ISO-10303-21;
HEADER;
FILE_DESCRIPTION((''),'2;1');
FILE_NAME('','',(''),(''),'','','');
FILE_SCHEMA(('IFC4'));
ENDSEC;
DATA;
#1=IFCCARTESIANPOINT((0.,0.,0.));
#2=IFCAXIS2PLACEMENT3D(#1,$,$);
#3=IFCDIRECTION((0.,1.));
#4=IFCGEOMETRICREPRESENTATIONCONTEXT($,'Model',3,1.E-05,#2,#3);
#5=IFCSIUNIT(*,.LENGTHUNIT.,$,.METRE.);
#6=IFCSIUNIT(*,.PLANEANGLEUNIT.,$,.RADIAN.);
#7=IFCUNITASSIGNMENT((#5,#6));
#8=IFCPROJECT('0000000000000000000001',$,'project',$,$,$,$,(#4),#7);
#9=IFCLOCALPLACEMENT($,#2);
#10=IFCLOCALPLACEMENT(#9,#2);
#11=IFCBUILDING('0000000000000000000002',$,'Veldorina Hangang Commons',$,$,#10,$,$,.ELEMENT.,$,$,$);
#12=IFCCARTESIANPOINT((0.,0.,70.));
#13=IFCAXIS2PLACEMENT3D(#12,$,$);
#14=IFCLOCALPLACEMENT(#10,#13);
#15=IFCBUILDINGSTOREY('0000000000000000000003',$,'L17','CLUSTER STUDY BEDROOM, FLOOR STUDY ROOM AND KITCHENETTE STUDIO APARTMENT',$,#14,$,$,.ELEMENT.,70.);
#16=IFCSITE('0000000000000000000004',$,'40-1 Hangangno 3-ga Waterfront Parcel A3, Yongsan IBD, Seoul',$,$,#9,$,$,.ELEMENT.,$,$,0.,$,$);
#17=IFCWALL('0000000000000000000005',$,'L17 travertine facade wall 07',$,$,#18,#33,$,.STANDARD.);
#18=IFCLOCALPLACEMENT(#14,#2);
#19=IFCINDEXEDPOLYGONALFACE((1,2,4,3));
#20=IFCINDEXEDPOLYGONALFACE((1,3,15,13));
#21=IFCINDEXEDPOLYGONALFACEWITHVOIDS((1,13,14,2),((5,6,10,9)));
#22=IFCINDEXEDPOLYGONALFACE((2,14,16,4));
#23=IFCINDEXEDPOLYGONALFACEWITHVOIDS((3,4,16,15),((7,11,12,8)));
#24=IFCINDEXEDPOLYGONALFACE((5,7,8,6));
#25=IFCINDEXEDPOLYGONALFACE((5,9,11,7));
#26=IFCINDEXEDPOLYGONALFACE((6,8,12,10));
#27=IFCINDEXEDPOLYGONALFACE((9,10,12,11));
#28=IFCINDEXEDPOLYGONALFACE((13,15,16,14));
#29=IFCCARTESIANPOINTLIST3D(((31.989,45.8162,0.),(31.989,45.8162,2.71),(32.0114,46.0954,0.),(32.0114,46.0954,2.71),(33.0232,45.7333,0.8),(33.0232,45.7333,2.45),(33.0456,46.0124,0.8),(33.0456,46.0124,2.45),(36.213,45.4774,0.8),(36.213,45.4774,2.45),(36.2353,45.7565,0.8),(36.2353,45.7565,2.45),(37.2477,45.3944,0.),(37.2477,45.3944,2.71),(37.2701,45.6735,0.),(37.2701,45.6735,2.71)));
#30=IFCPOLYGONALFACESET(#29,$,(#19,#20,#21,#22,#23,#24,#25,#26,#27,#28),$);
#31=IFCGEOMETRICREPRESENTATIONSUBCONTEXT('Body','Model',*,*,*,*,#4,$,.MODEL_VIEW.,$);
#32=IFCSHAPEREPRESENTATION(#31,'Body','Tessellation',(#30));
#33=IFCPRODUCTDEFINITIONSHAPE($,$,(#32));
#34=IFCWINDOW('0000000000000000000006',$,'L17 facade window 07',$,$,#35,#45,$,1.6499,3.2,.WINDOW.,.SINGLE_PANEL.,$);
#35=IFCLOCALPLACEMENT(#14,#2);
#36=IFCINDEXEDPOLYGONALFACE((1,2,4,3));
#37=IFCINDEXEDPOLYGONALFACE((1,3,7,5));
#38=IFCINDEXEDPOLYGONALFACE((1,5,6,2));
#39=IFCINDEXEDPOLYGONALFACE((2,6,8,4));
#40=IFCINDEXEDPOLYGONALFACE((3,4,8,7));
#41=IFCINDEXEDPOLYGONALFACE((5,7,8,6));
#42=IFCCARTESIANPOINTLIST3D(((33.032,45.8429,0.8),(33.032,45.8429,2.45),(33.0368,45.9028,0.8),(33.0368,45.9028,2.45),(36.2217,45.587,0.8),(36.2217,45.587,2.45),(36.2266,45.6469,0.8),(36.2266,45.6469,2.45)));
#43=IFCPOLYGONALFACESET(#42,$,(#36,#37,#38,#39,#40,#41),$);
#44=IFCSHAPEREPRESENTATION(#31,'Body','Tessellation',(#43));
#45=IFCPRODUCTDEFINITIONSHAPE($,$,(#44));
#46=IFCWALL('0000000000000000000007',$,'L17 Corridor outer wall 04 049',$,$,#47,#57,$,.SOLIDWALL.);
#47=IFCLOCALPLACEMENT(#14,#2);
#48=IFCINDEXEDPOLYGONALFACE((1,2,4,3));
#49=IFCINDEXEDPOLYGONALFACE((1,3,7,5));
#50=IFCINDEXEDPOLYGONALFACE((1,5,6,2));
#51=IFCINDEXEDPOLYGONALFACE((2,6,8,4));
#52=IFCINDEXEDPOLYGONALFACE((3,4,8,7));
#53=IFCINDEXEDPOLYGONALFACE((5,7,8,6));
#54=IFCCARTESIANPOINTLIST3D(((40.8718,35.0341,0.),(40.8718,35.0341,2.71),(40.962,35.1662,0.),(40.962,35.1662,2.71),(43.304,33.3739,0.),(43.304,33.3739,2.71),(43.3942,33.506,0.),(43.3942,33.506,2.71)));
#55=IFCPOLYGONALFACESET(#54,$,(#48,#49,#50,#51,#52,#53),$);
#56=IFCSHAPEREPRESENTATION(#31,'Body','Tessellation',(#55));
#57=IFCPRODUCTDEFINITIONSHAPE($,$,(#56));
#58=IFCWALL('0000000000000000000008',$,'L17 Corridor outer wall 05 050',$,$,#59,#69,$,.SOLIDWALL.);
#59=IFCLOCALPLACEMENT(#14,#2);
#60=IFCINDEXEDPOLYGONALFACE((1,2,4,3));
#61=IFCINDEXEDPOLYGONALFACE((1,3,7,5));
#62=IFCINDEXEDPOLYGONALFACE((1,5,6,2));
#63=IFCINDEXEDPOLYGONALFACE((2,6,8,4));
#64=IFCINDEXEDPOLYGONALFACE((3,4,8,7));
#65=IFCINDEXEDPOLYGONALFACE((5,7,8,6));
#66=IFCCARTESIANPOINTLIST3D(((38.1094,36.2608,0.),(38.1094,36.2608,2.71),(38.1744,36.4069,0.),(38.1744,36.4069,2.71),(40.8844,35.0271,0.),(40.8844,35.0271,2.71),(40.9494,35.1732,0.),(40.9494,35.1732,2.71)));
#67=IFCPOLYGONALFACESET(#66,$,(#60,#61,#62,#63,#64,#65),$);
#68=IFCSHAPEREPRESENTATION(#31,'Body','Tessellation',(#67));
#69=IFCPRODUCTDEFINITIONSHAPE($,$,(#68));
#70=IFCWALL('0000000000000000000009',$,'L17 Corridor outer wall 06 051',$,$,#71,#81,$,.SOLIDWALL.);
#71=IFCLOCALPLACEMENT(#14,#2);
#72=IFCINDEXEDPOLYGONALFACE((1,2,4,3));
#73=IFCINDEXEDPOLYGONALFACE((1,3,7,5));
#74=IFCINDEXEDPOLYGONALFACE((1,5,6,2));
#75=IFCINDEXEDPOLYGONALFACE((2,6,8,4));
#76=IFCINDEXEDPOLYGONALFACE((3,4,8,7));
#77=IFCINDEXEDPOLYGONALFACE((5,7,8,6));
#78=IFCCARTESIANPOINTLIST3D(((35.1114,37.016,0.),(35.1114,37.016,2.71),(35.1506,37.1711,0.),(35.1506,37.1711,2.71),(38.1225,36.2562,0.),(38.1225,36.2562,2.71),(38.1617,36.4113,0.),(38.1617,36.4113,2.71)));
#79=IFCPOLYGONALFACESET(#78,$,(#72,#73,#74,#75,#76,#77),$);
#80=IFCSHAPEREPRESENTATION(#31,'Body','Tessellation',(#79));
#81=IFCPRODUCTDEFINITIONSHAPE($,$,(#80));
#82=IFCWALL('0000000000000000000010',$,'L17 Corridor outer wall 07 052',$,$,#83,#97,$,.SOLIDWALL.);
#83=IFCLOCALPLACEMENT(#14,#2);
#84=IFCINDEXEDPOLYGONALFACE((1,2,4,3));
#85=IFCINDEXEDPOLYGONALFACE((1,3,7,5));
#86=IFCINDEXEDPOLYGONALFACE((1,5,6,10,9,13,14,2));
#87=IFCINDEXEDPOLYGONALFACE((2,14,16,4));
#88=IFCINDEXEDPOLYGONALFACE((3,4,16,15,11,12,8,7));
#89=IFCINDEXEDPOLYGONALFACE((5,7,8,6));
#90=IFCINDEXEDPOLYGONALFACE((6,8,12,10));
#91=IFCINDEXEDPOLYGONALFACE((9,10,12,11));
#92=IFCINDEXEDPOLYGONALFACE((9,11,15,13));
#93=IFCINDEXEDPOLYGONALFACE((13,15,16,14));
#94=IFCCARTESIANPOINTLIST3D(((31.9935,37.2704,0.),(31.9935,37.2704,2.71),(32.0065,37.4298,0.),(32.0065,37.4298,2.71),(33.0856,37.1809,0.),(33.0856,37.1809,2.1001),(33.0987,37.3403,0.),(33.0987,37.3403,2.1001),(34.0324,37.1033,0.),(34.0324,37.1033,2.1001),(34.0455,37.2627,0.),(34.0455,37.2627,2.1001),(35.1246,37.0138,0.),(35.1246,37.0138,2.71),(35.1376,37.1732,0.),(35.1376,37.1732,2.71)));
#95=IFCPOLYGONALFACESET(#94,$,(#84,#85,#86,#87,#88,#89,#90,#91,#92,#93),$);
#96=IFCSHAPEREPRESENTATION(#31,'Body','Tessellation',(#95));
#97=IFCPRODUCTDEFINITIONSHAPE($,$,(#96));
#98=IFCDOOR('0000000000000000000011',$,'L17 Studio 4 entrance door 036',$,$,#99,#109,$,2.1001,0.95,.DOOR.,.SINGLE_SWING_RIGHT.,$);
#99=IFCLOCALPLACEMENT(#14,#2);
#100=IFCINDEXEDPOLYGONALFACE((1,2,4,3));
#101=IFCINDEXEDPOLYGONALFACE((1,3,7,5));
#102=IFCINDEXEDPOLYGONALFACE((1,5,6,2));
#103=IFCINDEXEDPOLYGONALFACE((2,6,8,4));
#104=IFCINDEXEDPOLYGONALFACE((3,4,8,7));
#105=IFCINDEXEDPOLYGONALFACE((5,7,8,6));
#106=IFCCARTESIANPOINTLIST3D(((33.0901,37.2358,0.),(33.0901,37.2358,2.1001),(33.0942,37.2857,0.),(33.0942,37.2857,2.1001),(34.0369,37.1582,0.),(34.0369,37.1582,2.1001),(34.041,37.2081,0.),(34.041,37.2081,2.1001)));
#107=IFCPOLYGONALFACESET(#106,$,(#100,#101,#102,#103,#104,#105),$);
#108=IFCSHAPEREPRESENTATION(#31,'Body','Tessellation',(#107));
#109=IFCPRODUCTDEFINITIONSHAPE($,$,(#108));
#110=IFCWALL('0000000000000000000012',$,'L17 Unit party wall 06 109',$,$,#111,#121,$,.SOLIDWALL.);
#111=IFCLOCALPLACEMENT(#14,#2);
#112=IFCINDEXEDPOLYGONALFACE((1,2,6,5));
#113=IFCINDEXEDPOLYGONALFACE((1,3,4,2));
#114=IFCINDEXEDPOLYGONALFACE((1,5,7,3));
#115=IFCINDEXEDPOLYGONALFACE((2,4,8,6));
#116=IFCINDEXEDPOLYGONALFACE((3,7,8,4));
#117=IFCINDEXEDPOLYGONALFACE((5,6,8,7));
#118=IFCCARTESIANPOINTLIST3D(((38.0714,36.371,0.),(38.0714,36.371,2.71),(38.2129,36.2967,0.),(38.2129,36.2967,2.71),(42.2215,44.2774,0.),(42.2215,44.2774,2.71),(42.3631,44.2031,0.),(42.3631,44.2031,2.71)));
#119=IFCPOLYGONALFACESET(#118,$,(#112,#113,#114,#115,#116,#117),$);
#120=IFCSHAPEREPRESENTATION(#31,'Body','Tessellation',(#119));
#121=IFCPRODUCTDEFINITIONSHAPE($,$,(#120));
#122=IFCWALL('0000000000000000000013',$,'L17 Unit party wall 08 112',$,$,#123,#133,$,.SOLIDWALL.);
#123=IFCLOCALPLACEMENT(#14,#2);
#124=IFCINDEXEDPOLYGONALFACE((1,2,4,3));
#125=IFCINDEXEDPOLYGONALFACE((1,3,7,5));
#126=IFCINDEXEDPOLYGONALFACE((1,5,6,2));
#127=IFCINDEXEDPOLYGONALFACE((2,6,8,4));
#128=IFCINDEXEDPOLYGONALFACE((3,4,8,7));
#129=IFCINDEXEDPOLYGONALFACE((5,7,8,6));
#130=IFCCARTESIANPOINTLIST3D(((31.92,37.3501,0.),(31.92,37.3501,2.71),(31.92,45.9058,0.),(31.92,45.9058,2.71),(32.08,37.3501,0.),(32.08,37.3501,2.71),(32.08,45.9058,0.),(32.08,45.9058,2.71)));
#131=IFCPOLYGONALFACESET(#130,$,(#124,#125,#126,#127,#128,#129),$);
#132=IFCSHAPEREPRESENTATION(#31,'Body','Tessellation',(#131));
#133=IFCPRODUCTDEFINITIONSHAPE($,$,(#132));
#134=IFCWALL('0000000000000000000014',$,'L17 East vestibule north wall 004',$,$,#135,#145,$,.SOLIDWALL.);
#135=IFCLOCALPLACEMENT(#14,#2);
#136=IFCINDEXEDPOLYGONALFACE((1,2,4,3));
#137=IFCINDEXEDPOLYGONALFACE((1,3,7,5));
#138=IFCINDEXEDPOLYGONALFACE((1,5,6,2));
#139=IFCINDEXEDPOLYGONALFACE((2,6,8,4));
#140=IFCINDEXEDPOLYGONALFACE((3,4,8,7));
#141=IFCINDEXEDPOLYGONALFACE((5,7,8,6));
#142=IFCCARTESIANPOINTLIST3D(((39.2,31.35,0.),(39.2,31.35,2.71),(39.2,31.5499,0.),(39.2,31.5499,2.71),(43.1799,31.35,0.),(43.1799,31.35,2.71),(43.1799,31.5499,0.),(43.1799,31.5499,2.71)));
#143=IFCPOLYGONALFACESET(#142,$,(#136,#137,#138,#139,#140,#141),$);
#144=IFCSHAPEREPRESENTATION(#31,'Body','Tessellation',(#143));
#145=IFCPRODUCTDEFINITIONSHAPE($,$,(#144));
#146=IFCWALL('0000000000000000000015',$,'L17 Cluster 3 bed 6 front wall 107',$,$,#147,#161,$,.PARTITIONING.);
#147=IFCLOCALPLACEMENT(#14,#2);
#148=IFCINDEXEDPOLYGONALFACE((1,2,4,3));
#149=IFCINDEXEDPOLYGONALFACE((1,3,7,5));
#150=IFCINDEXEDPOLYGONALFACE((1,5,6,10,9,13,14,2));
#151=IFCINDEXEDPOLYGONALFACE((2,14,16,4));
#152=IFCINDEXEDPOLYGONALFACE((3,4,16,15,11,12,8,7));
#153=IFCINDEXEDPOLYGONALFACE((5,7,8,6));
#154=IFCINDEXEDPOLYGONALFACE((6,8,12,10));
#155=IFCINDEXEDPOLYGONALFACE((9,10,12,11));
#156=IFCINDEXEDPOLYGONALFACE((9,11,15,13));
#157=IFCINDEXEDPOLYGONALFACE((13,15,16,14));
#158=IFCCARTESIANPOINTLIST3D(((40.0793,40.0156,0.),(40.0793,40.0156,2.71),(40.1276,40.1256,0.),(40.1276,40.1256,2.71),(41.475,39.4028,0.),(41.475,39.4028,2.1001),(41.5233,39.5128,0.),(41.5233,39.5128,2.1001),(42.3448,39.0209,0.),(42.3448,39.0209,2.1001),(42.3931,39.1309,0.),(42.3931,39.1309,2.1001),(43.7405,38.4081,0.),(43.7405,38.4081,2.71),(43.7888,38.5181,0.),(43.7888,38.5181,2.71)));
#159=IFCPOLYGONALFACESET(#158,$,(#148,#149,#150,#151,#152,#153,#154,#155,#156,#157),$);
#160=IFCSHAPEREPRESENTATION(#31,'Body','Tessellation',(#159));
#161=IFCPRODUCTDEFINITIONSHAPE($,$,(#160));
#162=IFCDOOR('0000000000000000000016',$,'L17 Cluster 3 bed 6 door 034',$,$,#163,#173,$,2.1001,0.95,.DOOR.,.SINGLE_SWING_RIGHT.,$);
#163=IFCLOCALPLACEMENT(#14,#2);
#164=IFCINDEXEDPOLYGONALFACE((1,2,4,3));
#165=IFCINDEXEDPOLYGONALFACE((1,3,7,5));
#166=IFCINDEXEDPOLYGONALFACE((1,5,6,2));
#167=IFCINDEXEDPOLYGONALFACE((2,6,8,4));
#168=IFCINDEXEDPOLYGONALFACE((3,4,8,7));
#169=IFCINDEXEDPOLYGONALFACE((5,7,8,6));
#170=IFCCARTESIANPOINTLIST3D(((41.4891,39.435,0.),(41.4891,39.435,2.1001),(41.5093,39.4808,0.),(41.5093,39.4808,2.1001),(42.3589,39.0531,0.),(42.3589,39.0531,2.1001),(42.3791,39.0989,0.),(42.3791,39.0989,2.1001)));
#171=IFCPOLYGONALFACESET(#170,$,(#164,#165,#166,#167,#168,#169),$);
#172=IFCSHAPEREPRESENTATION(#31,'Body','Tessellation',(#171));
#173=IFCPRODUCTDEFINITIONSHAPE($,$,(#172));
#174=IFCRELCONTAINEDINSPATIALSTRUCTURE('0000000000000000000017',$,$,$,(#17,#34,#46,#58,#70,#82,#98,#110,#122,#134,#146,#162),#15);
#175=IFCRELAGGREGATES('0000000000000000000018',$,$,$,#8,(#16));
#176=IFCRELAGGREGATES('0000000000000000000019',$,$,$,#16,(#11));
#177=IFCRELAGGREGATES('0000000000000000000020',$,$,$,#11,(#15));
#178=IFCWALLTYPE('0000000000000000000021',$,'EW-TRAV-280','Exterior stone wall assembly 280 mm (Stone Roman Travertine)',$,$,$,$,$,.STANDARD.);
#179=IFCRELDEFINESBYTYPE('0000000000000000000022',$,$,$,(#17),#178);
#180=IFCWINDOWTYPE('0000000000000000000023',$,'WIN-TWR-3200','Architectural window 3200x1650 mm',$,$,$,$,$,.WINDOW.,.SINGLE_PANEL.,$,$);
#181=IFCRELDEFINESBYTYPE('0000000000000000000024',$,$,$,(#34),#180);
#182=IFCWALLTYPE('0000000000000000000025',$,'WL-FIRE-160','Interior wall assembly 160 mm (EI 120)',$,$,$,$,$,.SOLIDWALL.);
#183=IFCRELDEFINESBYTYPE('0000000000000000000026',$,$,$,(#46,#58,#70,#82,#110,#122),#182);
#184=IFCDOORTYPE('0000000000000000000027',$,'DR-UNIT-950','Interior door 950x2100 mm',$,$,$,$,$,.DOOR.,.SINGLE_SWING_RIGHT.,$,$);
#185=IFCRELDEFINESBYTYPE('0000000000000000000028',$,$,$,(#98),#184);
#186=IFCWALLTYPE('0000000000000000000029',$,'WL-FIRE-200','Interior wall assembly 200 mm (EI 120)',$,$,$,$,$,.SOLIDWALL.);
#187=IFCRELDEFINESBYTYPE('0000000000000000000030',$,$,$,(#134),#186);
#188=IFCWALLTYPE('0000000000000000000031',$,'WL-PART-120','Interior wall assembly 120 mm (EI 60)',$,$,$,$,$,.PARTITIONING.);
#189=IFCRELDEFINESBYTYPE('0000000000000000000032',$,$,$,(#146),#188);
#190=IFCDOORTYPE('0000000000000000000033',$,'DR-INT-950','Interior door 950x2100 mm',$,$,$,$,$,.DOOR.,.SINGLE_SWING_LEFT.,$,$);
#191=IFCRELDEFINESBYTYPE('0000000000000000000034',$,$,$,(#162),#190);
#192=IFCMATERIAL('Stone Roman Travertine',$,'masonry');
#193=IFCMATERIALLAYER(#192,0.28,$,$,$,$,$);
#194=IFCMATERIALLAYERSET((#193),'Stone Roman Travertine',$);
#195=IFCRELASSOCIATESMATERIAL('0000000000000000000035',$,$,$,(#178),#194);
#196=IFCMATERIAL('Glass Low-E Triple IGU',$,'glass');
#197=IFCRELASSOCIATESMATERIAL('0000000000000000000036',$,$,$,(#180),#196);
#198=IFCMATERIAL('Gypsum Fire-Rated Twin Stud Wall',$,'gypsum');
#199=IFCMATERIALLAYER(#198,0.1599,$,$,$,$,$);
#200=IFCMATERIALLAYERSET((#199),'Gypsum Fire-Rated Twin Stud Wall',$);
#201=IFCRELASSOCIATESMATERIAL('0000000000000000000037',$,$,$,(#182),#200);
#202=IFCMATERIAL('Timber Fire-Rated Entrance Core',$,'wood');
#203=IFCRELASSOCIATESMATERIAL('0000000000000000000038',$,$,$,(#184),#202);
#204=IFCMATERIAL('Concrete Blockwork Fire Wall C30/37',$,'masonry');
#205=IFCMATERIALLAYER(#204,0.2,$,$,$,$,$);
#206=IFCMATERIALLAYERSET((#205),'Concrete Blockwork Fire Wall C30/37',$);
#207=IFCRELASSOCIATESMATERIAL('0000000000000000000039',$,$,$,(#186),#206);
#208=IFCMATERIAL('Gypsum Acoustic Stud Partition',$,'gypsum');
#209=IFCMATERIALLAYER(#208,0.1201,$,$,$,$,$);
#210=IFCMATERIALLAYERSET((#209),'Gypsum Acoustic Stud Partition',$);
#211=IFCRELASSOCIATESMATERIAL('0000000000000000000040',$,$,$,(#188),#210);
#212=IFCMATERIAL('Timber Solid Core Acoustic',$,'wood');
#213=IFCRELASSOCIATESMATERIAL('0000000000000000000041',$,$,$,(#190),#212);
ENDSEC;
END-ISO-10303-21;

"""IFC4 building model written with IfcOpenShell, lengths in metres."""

from ifc_helpers import new_model, si_unit, direction, frame, frame_2d, origin, place, context, subcontext, project, spatial, rectangle, extrude, material, layer, layer_set, type_object, element, fill, save


model = new_model("IFC4")

# Units and contexts
model_context = context("Model", 3, precision=1e-05, world=origin(), true_north=direction((0.0, 1.0)))
body_context = subcontext(model_context, "Body", "Model", "MODEL_VIEW")
ifc_project = project(units=[si_unit("LENGTHUNIT", "METRE"), si_unit("PLANEANGLEUNIT", "RADIAN")], contexts=[model_context])

# Site, building, storey
site_placement = place(None, origin())
site = spatial("IfcSite", under=ifc_project, at=site_placement, Name="40-1 Hangangno 3-ga Waterfront Parcel A3, Yongsan IBD, Seoul", CompositionType="ELEMENT", RefElevation=0.0)
building_placement = place(site_placement, origin())
building = spatial("IfcBuilding", under=site, at=building_placement, Name="Veldorina Hangang Commons", CompositionType="ELEMENT")
storey_placement = place(building_placement, frame((0.0, 0.0, 70.0)))
storey = spatial("IfcBuildingStorey", under=building, at=storey_placement, Name="L17", Description="CLUSTER STUDY BEDROOM, FLOOR STUDY ROOM AND KITCHENETTE STUDIO APARTMENT", CompositionType="ELEMENT", Elevation=70.0)

# Shared definitions
ifc_material_1 = material(Name="Stone Roman Travertine", Category="masonry")
ifc_layer_1 = layer(ifc_material_1, 0.28)
ifc_layer_set_1 = layer_set([ifc_layer_1], Name="Stone Roman Travertine")
wall_type_1 = type_object("IfcWallType", Name="EW-TRAV-280", Description="Exterior stone wall assembly 280 mm (Stone Roman Travertine)", PredefinedType="STANDARD", material=ifc_layer_set_1)

# Wall, opening, window
wall_1_placement = place(storey_placement, frame((37.2588, 45.5339, 0.0), z_axis=(0.0, 0.0, 1.0), x_axis=(-0.996798, 0.079966, 0.0)))
wall_1 = element("IfcWall", 1, at=wall_1_placement, inside=storey, type_object=wall_type_1, Name="L17 travertine facade wall 07", PredefinedType="STANDARD", context=body_context, shape_type="SweptSolid", body=[
    extrude(rectangle(XDim=5.2756, YDim=0.28, at=frame_2d((2.6377, 0.0))), origin(), (0.0, 0.0, 1.0), 2.71),
])
opening_1_placement = place(wall_1_placement, frame((1.0378, 0.0, 0.8)))
opening_1 = element("IfcOpeningElement", 2, at=opening_1_placement, cuts=wall_1, PredefinedType="OPENING", context=body_context, shape_type="SweptSolid", body=[
    extrude(rectangle(XDim=3.2, YDim=1.6499, at=frame_2d((1.6001, 0.825))), frame((0.0, 0.1499, 0.0), z_axis=(0.0, -1.0, 0.0), x_axis=(1.0, 0.0, 0.0)), (0.0, 0.0, 1.0), 0.3),
])
ifc_material_2 = material(Name="Glass Low-E Triple IGU", Category="glass")
window_type = type_object("IfcWindowType", Name="WIN-TWR-3200", Description="Architectural window 3200x1650 mm", PartitioningType="SINGLE_PANEL", PredefinedType="WINDOW", material=ifc_material_2)
window_placement = place(opening_1_placement, origin())
window = element("IfcWindow", 3, at=window_placement, inside=storey, type_object=window_type, Name="L17 facade window 07", OverallHeight=1.6499, OverallWidth=3.2, PartitioningType="SINGLE_PANEL", PredefinedType="WINDOW", context=body_context, shape_type="SweptSolid", body=[
    extrude(rectangle(XDim=3.2, YDim=1.6499, at=frame_2d((1.6001, 0.825))), frame((0.0, 0.03, 0.0), z_axis=(0.0, -1.0, 0.0), x_axis=(1.0, 0.0, 0.0)), (0.0, 0.0, 1.0), 0.0601),
])
fill(opening_1, window)

# Walls
ifc_material_3 = material(Name="Gypsum Fire-Rated Twin Stud Wall", Category="gypsum")
ifc_layer_2 = layer(ifc_material_3, 0.1599)
ifc_layer_set_2 = layer_set([ifc_layer_2], Name="Gypsum Fire-Rated Twin Stud Wall")
wall_type_2 = type_object("IfcWallType", Name="WL-FIRE-160", Description="Interior wall assembly 160 mm (EI 120)", PredefinedType="SOLIDWALL", material=ifc_layer_set_2)
wall_2_placement = place(storey_placement, frame((43.3491, 33.4399, 0.0), z_axis=(0.0, 0.0, 1.0), x_axis=(-0.825929, 0.563774, 0.0)))
element("IfcWall", 4, at=wall_2_placement, inside=storey, type_object=wall_type_2, Name="L17 Corridor outer wall 04 049", PredefinedType="SOLIDWALL", context=body_context, shape_type="SweptSolid", body=[
    extrude(rectangle(XDim=2.9448, YDim=0.1599, at=frame_2d((1.4724, 0.0))), origin(), (0.0, 0.0, 1.0), 2.71),
])
wall_3_placement = place(storey_placement, frame((40.917, 35.1001, 0.0), z_axis=(0.0, 0.0, 1.0), x_axis=(-0.913768, 0.406235, 0.0)))
element("IfcWall", 5, at=wall_3_placement, inside=storey, type_object=wall_type_2, Name="L17 Corridor outer wall 05 050", PredefinedType="SOLIDWALL", context=body_context, shape_type="SweptSolid", body=[
    extrude(rectangle(XDim=3.0369, YDim=0.1599, at=frame_2d((1.5186, 0.0))), origin(), (0.0, 0.0, 1.0), 2.71),
])
wall_4_placement = place(storey_placement, frame((38.1421, 36.3337, 0.0), z_axis=(0.0, 0.0, 1.0), x_axis=(-0.969608, 0.244662, 0.0)))
element("IfcWall", 6, at=wall_4_placement, inside=storey, type_object=wall_type_2, Name="L17 Corridor outer wall 06 051", PredefinedType="SOLIDWALL", context=body_context, shape_type="SweptSolid", body=[
    extrude(rectangle(XDim=3.1055, YDim=0.1599, at=frame_2d((1.5527, 0.0))), origin(), (0.0, 0.0, 1.0), 2.71),
])

# Wall, opening, door
wall_5_placement = place(storey_placement, frame((35.1311, 37.0935, 0.0), z_axis=(0.0, 0.0, 1.0), x_axis=(-0.996659, 0.081676, 0.0)))
wall_5 = element("IfcWall", 7, at=wall_5_placement, inside=storey, type_object=wall_type_2, Name="L17 Corridor outer wall 07 052", PredefinedType="SOLIDWALL", context=body_context, shape_type="SweptSolid", body=[
    extrude(rectangle(XDim=3.1416, YDim=0.1599, at=frame_2d((1.5708, 0.0))), origin(), (0.0, 0.0, 1.0), 2.71),
])
opening_2_placement = place(wall_5_placement, frame((1.0957, 0.0, 0.0)))
opening_2 = element("IfcOpeningElement", 8, at=opening_2_placement, cuts=wall_5, PredefinedType="OPENING", context=body_context, shape_type="SweptSolid", body=[
    extrude(rectangle(XDim=0.95, YDim=2.1001, at=frame_2d((0.4751, 1.05))), frame((0.0, 0.0898, 0.0), z_axis=(0.0, -1.0, 0.0), x_axis=(1.0, 0.0, 0.0)), (0.0, 0.0, 1.0), 0.1799),
])
ifc_material_4 = material(Name="Timber Fire-Rated Entrance Core", Category="wood")
door_type_1 = type_object("IfcDoorType", Name="DR-UNIT-950", Description="Interior door 950x2100 mm", OperationType="SINGLE_SWING_RIGHT", PredefinedType="DOOR", material=ifc_material_4)
door_1_placement = place(opening_2_placement, origin())
door_1 = element("IfcDoor", 9, at=door_1_placement, inside=storey, type_object=door_type_1, Name="L17 Studio 4 entrance door 036", OperationType="SINGLE_SWING_RIGHT", OverallHeight=2.1001, OverallWidth=0.95, PredefinedType="DOOR", context=body_context, shape_type="SweptSolid", body=[
    extrude(rectangle(XDim=0.95, YDim=2.1001, at=frame_2d((0.4751, 1.05))), frame((0.0, 0.0249, 0.0), z_axis=(0.0, -1.0, 0.0), x_axis=(1.0, 0.0, 0.0)), (0.0, 0.0, 1.0), 0.05),
])
fill(opening_2, door_1)

# Walls
wall_6_placement = place(storey_placement, frame((38.1421, 36.3337, 0.0), z_axis=(0.0, 0.0, 1.0), x_axis=(0.464767, 0.885433, 0.0)))
element("IfcWall", 10, at=wall_6_placement, inside=storey, type_object=wall_type_2, Name="L17 Unit party wall 06 109", PredefinedType="SOLIDWALL", context=body_context, shape_type="SweptSolid", body=[
    extrude(rectangle(XDim=8.9294, YDim=0.1599, at=frame_2d((4.4648, 0.0))), origin(), (0.0, 0.0, 1.0), 2.71),
])
wall_7_placement = place(storey_placement, frame((32.0, 37.3501, 0.0), z_axis=(0.0, 0.0, 1.0), x_axis=(0.0, 1.0, 0.0)))
element("IfcWall", 11, at=wall_7_placement, inside=storey, type_object=wall_type_2, Name="L17 Unit party wall 08 112", PredefinedType="SOLIDWALL", context=body_context, shape_type="SweptSolid", body=[
    extrude(rectangle(XDim=8.5557, YDim=0.1599, at=frame_2d((4.2778, 0.0))), origin(), (0.0, 0.0, 1.0), 2.71),
])
ifc_material_5 = material(Name="Concrete Blockwork Fire Wall C30/37", Category="masonry")
ifc_layer_3 = layer(ifc_material_5, 0.2)
ifc_layer_set_3 = layer_set([ifc_layer_3], Name="Concrete Blockwork Fire Wall C30/37")
wall_type_3 = type_object("IfcWallType", Name="WL-FIRE-200", Description="Interior wall assembly 200 mm (EI 120)", PredefinedType="SOLIDWALL", material=ifc_layer_set_3)
wall_8_placement = place(storey_placement, frame((39.2, 31.45, 0.0), z_axis=(0.0, 0.0, 1.0), x_axis=(1.0, 0.0, 0.0)))
element("IfcWall", 12, at=wall_8_placement, inside=storey, type_object=wall_type_3, Name="L17 East vestibule north wall 004", PredefinedType="SOLIDWALL", context=body_context, shape_type="SweptSolid", body=[
    extrude(rectangle(XDim=3.98, YDim=0.2, at=frame_2d((1.99, 0.0))), origin(), (0.0, 0.0, 1.0), 2.71),
])

# Wall, opening, door
ifc_material_6 = material(Name="Gypsum Acoustic Stud Partition", Category="gypsum")
ifc_layer_4 = layer(ifc_material_6, 0.1201)
ifc_layer_set_4 = layer_set([ifc_layer_4], Name="Gypsum Acoustic Stud Partition")
wall_type_4 = type_object("IfcWallType", Name="WL-PART-120", Description="Interior wall assembly 120 mm (EI 60)", PredefinedType="PARTITIONING", material=ifc_layer_set_4)
wall_9_placement = place(storey_placement, frame((43.7646, 38.4631, 0.0), z_axis=(0.0, 0.0, 1.0), x_axis=(-0.915635, 0.40201, 0.0)))
wall_9 = element("IfcWall", 13, at=wall_9_placement, inside=storey, type_object=wall_type_4, Name="L17 Cluster 3 bed 6 front wall 107", PredefinedType="PARTITIONING", context=body_context, shape_type="SweptSolid", body=[
    extrude(rectangle(XDim=3.9985, YDim=0.1201, at=frame_2d((1.9993, 0.0))), origin(), (0.0, 0.0, 1.0), 2.71),
])
opening_3_placement = place(wall_9_placement, frame((1.5242, 0.0, 0.0)))
opening_3 = element("IfcOpeningElement", 14, at=opening_3_placement, cuts=wall_9, PredefinedType="OPENING", context=body_context, shape_type="SweptSolid", body=[
    extrude(rectangle(XDim=0.95, YDim=2.1001, at=frame_2d((0.4751, 1.05))), frame((0.0, 0.0701, 0.0), z_axis=(0.0, -1.0, 0.0), x_axis=(1.0, 0.0, 0.0)), (0.0, 0.0, 1.0), 0.1401),
])
ifc_material_7 = material(Name="Timber Solid Core Acoustic", Category="wood")
door_type_2 = type_object("IfcDoorType", Name="DR-INT-950", Description="Interior door 950x2100 mm", OperationType="SINGLE_SWING_LEFT", PredefinedType="DOOR", material=ifc_material_7)
door_2_placement = place(opening_3_placement, origin())
door_2 = element("IfcDoor", 15, at=door_2_placement, inside=storey, type_object=door_type_2, Name="L17 Cluster 3 bed 6 door 034", OperationType="SINGLE_SWING_RIGHT", OverallHeight=2.1001, OverallWidth=0.95, PredefinedType="DOOR", context=body_context, shape_type="SweptSolid", body=[
    extrude(rectangle(XDim=0.95, YDim=2.1001, at=frame_2d((0.4751, 1.05))), frame((0.0, 0.0249, 0.0), z_axis=(0.0, -1.0, 0.0), x_axis=(1.0, 0.0, 0.0)), (0.0, 0.0, 1.0), 0.05),
])
fill(opening_3, door_2)

save(model, "model.ifc")
